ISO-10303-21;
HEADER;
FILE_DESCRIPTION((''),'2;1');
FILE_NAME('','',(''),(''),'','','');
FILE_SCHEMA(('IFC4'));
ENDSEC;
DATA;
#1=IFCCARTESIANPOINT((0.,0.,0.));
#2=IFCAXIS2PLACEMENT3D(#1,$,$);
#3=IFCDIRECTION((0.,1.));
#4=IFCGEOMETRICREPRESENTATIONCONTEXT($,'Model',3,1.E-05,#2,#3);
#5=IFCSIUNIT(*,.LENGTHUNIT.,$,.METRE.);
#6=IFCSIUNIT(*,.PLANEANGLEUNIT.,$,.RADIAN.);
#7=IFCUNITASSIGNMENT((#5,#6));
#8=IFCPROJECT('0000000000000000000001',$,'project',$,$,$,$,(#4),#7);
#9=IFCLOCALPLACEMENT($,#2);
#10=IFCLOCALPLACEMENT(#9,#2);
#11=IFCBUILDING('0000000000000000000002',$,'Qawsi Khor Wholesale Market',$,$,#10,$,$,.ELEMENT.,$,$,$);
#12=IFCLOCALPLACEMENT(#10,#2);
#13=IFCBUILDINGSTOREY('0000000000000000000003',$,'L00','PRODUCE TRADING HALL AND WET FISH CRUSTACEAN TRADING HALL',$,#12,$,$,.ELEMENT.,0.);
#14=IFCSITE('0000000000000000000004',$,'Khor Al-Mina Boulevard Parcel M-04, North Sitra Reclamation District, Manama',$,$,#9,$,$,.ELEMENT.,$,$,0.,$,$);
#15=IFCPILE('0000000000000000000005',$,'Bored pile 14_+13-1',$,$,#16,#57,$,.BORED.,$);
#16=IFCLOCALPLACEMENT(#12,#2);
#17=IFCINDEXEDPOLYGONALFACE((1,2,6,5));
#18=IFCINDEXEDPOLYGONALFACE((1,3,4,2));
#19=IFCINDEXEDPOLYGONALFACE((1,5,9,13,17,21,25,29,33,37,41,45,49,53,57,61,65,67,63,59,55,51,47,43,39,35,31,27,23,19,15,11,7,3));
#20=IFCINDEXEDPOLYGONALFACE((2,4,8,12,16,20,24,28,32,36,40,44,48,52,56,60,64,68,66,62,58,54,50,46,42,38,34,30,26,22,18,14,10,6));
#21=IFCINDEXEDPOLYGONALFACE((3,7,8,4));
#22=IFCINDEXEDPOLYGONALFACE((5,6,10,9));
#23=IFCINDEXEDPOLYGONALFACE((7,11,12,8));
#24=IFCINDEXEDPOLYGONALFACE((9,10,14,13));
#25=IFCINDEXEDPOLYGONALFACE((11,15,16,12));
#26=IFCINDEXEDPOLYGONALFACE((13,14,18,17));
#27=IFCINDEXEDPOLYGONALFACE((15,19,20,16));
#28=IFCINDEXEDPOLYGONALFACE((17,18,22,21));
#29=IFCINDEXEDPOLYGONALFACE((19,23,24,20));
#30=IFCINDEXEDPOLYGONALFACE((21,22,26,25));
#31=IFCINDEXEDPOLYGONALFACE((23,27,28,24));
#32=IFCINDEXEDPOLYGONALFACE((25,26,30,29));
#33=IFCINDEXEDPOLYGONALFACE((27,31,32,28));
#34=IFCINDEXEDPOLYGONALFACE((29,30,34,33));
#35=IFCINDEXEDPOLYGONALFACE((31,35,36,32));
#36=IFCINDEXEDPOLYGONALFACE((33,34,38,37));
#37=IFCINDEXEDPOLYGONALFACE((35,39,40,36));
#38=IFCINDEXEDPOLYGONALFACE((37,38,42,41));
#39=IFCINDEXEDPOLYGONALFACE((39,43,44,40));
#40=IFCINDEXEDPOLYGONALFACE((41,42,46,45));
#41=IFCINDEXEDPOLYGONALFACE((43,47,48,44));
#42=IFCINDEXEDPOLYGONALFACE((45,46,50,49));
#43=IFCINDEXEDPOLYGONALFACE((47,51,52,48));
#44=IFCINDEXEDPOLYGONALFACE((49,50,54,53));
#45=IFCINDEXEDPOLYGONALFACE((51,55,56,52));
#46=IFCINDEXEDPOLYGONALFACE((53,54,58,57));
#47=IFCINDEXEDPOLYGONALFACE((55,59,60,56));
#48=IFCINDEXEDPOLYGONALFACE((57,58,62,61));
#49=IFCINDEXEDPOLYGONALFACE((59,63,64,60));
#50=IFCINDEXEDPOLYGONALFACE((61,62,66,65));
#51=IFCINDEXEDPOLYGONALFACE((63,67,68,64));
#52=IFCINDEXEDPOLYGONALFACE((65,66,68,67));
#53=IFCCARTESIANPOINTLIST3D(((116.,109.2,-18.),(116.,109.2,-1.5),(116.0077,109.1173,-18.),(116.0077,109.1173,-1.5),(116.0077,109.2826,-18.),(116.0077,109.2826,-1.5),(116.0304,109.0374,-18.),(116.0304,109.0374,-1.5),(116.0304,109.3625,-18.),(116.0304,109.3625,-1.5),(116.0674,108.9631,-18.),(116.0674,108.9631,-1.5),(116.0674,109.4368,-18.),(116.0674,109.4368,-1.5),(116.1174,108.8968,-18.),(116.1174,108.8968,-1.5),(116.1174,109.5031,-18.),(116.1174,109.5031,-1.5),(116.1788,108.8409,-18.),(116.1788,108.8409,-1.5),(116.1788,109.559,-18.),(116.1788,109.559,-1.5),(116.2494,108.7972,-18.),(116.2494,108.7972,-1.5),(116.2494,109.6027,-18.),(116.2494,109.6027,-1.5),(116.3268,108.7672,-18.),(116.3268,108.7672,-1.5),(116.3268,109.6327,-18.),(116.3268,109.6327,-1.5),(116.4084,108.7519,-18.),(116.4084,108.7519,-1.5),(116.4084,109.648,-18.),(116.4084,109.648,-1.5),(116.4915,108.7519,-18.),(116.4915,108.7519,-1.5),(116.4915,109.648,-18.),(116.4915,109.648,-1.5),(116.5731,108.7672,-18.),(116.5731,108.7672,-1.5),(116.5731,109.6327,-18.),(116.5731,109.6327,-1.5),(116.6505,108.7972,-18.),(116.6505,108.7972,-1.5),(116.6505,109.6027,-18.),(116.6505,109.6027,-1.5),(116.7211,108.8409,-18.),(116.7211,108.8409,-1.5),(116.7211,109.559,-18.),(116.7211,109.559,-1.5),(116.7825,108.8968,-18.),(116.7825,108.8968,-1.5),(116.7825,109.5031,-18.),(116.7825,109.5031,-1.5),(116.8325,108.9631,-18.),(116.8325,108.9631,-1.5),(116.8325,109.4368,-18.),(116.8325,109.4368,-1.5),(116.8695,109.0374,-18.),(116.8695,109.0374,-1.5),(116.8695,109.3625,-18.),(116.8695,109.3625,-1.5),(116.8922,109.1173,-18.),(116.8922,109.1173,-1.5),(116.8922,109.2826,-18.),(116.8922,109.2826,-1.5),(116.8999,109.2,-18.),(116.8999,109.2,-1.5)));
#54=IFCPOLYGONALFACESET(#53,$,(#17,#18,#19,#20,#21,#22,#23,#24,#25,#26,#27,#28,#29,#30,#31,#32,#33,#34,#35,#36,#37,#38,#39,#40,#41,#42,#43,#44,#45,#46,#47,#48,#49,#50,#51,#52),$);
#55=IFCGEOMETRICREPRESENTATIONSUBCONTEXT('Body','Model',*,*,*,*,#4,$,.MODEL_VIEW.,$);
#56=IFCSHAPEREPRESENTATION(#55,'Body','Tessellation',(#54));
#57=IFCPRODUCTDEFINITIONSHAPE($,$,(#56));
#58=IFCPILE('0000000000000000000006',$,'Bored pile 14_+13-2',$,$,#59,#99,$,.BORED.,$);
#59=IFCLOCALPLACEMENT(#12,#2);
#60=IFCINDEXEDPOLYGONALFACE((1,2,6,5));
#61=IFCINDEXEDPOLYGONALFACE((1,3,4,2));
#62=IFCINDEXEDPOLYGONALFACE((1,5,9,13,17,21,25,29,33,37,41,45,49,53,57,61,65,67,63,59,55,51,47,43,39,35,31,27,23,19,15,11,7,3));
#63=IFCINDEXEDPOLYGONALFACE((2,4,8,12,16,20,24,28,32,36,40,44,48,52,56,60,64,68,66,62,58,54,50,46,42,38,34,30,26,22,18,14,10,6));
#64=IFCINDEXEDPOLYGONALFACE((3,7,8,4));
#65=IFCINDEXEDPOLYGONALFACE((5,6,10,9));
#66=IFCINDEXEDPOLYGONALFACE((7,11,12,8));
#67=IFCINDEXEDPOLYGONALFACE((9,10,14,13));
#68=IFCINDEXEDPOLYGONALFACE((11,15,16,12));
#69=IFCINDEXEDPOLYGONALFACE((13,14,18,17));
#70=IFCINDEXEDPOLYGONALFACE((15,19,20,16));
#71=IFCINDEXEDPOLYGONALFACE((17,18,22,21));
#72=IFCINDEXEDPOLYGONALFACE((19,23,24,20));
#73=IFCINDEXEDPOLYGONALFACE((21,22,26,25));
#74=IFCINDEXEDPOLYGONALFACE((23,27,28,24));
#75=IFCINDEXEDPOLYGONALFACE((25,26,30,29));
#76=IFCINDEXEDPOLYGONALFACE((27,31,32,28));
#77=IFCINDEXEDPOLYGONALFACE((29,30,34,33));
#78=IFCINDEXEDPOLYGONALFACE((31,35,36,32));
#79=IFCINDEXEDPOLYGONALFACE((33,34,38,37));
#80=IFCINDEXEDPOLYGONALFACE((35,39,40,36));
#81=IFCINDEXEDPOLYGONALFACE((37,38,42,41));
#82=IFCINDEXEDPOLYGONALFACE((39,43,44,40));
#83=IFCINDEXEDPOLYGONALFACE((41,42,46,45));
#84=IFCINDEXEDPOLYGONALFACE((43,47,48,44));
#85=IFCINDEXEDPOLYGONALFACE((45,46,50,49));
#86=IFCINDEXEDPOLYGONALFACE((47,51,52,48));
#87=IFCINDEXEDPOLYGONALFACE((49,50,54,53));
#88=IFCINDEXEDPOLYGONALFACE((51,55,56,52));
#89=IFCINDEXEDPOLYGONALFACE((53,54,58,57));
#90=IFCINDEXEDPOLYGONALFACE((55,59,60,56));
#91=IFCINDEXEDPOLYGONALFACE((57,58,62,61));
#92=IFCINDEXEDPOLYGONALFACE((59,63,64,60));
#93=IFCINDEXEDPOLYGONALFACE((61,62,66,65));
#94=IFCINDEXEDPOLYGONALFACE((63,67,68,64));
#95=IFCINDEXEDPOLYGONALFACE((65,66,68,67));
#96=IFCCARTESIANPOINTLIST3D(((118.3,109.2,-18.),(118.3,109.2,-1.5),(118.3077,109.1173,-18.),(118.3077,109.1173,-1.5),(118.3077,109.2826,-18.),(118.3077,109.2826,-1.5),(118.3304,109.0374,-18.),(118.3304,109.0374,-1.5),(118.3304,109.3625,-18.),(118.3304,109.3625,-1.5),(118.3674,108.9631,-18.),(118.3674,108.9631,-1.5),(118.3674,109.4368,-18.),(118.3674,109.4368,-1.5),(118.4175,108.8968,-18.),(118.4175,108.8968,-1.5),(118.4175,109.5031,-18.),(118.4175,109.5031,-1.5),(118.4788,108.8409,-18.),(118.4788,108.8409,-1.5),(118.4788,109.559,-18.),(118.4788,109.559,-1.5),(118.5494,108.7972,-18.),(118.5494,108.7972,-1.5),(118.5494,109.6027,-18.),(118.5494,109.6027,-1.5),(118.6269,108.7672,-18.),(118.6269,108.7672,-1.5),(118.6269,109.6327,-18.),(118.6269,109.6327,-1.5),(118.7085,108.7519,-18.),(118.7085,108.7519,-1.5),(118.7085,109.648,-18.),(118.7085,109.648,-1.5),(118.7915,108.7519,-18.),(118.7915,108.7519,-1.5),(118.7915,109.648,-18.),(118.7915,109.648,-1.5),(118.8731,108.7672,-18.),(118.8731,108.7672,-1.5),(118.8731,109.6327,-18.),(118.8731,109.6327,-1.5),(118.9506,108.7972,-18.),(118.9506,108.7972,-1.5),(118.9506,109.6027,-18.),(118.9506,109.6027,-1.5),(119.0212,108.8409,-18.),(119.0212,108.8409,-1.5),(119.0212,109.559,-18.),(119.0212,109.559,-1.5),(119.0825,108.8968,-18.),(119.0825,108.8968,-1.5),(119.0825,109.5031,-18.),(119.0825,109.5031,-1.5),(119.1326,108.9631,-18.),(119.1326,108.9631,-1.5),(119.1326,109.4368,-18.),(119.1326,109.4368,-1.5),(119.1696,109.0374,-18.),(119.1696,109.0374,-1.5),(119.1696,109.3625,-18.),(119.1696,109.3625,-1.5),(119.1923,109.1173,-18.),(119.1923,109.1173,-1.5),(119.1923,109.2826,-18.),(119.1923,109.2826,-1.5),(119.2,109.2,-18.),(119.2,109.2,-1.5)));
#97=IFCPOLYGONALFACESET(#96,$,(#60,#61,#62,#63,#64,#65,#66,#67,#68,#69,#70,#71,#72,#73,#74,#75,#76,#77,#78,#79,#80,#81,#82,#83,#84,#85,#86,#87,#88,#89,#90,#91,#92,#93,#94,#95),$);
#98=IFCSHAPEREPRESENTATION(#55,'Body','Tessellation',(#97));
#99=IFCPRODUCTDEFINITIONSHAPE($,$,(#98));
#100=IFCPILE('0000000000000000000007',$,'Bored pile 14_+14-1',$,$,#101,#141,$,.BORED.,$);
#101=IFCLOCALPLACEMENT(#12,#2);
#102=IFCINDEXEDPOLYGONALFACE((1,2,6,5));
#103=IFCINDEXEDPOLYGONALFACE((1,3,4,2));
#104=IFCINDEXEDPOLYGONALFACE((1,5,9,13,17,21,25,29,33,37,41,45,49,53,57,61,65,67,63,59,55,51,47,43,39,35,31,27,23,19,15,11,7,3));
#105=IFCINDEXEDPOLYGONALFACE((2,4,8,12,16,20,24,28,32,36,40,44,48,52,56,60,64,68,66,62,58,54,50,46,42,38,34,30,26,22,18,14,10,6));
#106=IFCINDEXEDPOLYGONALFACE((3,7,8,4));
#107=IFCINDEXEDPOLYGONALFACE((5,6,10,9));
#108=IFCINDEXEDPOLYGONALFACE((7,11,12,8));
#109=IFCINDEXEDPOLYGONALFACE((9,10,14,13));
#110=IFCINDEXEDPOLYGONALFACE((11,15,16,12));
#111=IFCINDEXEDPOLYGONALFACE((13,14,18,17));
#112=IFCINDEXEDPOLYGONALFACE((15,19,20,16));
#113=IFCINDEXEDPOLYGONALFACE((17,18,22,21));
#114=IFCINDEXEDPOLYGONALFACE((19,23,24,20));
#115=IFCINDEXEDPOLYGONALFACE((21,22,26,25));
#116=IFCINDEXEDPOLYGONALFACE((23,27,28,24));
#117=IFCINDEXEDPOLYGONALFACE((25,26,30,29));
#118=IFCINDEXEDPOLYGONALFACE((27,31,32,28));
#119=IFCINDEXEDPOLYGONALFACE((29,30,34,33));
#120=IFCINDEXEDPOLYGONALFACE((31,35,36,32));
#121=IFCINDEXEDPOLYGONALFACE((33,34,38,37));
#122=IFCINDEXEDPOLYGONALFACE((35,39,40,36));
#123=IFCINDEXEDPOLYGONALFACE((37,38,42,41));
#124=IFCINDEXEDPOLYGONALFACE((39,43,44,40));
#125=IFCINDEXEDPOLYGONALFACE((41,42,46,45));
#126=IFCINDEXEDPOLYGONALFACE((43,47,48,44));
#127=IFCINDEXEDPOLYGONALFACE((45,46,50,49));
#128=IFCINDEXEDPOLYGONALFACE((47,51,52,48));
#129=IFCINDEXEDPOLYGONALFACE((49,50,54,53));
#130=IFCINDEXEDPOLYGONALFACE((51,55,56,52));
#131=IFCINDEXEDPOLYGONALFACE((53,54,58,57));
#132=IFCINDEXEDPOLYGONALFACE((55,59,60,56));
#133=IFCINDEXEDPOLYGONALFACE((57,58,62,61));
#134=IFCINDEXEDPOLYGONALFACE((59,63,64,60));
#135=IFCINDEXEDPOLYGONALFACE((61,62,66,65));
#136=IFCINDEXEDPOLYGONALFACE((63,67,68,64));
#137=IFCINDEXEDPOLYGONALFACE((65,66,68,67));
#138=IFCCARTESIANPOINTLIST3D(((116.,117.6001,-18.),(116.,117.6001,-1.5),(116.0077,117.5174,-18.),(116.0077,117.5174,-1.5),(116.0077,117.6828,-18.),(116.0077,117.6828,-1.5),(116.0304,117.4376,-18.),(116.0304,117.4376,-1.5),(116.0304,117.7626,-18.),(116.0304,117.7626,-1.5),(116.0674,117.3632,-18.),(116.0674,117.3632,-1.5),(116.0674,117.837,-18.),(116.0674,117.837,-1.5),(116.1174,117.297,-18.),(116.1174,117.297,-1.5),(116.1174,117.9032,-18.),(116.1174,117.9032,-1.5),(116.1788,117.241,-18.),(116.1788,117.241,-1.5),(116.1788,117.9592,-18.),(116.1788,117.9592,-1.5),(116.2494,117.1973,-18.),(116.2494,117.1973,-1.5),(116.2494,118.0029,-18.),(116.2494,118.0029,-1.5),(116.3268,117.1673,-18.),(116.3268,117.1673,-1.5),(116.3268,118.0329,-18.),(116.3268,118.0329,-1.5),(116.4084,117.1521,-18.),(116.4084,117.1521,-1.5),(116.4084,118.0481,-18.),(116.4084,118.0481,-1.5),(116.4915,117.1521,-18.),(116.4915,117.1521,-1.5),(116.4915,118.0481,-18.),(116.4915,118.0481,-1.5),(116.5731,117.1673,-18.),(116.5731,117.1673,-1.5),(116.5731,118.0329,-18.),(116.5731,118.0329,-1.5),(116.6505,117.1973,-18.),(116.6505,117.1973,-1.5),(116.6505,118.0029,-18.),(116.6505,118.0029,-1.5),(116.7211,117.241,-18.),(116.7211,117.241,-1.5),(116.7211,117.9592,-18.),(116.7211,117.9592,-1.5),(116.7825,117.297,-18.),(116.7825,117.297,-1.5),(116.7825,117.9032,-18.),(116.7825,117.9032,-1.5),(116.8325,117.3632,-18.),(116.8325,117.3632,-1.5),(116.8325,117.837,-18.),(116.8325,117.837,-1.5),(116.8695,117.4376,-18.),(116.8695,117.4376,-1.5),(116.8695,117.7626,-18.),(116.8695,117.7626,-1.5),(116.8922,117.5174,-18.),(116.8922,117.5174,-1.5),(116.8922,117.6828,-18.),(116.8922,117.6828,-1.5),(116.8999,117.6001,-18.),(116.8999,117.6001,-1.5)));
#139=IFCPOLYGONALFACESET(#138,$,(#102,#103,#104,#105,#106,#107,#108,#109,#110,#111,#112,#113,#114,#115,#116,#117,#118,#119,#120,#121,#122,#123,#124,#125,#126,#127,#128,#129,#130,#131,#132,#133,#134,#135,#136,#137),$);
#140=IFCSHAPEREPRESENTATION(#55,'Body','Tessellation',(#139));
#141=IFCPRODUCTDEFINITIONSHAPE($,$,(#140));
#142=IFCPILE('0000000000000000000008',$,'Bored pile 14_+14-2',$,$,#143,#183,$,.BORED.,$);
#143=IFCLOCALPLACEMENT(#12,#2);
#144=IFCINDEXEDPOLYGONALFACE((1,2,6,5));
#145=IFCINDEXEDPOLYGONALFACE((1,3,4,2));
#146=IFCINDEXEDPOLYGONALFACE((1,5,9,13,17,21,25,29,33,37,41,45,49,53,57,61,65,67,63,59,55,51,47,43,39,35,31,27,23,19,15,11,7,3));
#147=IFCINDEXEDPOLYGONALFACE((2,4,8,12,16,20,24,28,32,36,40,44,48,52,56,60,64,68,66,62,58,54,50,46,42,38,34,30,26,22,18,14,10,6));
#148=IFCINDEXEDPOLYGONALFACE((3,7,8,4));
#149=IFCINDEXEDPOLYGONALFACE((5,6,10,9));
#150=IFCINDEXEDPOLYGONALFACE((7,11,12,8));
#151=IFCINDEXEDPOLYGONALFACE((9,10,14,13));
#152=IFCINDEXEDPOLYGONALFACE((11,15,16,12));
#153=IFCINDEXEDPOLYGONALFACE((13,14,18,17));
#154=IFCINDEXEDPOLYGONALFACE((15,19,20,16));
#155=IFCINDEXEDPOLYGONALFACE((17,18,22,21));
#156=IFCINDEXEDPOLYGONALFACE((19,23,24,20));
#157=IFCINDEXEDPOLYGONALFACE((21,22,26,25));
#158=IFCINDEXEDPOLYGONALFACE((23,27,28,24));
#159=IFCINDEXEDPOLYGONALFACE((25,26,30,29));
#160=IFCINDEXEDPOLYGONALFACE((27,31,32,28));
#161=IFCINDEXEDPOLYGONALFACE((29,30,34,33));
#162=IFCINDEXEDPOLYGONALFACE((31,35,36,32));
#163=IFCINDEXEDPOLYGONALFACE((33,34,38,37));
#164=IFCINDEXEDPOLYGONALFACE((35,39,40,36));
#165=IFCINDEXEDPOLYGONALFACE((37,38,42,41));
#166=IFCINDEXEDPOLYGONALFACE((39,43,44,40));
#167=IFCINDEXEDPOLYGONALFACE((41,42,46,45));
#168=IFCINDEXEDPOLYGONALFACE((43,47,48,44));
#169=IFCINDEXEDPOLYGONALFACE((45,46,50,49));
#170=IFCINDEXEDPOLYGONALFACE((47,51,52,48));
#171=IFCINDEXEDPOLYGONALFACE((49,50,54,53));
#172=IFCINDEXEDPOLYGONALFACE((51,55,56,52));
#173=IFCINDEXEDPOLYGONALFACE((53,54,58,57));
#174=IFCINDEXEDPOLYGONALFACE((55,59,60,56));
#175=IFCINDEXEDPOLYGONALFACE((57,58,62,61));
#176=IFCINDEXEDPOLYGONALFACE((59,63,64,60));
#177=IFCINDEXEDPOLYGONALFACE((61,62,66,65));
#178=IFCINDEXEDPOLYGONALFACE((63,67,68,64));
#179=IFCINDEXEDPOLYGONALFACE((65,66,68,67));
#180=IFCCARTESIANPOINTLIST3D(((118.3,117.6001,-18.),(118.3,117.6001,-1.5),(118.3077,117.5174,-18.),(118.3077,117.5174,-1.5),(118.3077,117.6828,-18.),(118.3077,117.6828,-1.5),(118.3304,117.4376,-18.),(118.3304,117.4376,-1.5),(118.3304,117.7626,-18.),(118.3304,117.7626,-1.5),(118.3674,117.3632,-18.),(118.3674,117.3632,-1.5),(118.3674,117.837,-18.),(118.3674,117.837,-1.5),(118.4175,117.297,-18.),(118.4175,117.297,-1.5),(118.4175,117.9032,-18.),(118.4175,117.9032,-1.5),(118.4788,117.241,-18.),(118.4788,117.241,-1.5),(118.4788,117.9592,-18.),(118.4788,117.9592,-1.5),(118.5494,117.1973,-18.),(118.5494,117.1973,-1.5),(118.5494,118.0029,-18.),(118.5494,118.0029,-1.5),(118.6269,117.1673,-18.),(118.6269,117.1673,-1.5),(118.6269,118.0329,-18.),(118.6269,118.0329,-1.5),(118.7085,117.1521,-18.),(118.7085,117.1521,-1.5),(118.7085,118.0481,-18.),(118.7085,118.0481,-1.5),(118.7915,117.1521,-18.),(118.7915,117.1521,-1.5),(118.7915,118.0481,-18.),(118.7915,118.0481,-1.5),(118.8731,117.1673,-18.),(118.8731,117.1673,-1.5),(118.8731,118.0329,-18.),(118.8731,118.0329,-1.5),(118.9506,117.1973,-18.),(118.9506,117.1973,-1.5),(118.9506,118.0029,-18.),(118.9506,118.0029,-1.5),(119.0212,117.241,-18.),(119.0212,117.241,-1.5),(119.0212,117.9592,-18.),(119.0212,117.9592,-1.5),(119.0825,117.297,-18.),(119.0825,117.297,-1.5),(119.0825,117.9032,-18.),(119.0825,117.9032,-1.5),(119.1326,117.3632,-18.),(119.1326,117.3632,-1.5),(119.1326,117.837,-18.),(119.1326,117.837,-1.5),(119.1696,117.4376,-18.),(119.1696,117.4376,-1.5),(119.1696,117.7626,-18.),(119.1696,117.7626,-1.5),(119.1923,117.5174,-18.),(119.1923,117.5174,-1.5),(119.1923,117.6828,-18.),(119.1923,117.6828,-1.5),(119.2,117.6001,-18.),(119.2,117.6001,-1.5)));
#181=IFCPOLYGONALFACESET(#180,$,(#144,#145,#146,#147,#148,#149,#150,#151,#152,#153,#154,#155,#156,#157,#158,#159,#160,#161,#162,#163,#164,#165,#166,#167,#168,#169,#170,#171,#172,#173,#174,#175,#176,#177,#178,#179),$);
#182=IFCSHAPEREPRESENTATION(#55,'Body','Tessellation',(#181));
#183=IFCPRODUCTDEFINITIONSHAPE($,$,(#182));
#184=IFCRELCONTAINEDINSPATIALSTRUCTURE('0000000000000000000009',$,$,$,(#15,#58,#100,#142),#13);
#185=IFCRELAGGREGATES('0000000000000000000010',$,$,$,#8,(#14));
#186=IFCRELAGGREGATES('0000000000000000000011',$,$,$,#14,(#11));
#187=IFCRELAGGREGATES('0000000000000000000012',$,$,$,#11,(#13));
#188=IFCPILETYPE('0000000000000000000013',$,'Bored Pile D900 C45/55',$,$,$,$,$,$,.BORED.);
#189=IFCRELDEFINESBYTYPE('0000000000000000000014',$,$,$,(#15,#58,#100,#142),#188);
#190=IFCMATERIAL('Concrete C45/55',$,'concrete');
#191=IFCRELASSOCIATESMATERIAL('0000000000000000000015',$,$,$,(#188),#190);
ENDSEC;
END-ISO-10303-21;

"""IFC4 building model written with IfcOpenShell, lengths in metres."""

from ifc_helpers import new_model, si_unit, direction, frame, origin, origin_2d, place, context, subcontext, project, spatial, circle, extrude, material, material_profile, profile_set, type_object, element, save


model = new_model("IFC4")

# Units and contexts
model_context = context("Model", 3, precision=1e-05, world=origin(), true_north=direction((0.0, 1.0)))
body_context = subcontext(model_context, "Body", "Model", "MODEL_VIEW")
ifc_project = project(units=[si_unit("LENGTHUNIT", "METRE"), si_unit("PLANEANGLEUNIT", "RADIAN")], contexts=[model_context])

# Site, building, storey
site_placement = place(None, origin())
site = spatial("IfcSite", under=ifc_project, at=site_placement, Name="Khor Al-Mina Boulevard Parcel M-04, North Sitra Reclamation District, Manama", CompositionType="ELEMENT", RefElevation=0.0)
building_placement = place(site_placement, origin())
building = spatial("IfcBuilding", under=site, at=building_placement, Name="Qawsi Khor Wholesale Market", CompositionType="ELEMENT")
storey_placement = place(building_placement, origin())
storey = spatial("IfcBuildingStorey", under=building, at=storey_placement, Name="L00", Description="PRODUCE TRADING HALL AND WET FISH CRUSTACEAN TRADING HALL", CompositionType="ELEMENT", Elevation=0.0)

# Piles
ifc_material_1 = material(Name="Concrete C45/55", Category="concrete")
ifc_material_profile_1 = material_profile(ifc_material_1, circle(Radius=0.45, at=origin_2d()), Name="PILE D900")
ifc_profile_set_1 = profile_set([ifc_material_profile_1], Name="Concrete C45/55")
pile_type = type_object("IfcPileType", Name="Bored Pile D900 C45/55", PredefinedType="BORED", material=ifc_profile_set_1)
for number, where, z_axis, x_axis, name in (
    (1, (116.45, 109.2, -1.5), (0.0, 0.0, -1.0), (1.0, 0.0, 0.0), "Bored pile 14_+13-1"),
    (2, (118.75, 109.2, -1.5), (0.0, 0.0, -1.0), (1.0, 0.0, 0.0), "Bored pile 14_+13-2"),
    (3, (116.45, 117.6001, -1.5), (0.0, 0.0, -1.0), (1.0, 0.0, 0.0), "Bored pile 14_+14-1"),
    (4, (118.75, 117.6001, -1.5), (0.0, 0.0, -1.0), (1.0, 0.0, 0.0), "Bored pile 14_+14-2"),
):
    element("IfcPile", number, at=place(storey_placement, frame(where, z_axis=z_axis, x_axis=x_axis)), inside=storey, type_object=pile_type, Name=name, PredefinedType="BORED", context=body_context, shape_type="SweptSolid", body=[
        extrude(circle(Radius=0.45, at=origin_2d()), origin(), (0.0, 0.0, 1.0), 16.5),
    ])

save(model, "model.ifc")
